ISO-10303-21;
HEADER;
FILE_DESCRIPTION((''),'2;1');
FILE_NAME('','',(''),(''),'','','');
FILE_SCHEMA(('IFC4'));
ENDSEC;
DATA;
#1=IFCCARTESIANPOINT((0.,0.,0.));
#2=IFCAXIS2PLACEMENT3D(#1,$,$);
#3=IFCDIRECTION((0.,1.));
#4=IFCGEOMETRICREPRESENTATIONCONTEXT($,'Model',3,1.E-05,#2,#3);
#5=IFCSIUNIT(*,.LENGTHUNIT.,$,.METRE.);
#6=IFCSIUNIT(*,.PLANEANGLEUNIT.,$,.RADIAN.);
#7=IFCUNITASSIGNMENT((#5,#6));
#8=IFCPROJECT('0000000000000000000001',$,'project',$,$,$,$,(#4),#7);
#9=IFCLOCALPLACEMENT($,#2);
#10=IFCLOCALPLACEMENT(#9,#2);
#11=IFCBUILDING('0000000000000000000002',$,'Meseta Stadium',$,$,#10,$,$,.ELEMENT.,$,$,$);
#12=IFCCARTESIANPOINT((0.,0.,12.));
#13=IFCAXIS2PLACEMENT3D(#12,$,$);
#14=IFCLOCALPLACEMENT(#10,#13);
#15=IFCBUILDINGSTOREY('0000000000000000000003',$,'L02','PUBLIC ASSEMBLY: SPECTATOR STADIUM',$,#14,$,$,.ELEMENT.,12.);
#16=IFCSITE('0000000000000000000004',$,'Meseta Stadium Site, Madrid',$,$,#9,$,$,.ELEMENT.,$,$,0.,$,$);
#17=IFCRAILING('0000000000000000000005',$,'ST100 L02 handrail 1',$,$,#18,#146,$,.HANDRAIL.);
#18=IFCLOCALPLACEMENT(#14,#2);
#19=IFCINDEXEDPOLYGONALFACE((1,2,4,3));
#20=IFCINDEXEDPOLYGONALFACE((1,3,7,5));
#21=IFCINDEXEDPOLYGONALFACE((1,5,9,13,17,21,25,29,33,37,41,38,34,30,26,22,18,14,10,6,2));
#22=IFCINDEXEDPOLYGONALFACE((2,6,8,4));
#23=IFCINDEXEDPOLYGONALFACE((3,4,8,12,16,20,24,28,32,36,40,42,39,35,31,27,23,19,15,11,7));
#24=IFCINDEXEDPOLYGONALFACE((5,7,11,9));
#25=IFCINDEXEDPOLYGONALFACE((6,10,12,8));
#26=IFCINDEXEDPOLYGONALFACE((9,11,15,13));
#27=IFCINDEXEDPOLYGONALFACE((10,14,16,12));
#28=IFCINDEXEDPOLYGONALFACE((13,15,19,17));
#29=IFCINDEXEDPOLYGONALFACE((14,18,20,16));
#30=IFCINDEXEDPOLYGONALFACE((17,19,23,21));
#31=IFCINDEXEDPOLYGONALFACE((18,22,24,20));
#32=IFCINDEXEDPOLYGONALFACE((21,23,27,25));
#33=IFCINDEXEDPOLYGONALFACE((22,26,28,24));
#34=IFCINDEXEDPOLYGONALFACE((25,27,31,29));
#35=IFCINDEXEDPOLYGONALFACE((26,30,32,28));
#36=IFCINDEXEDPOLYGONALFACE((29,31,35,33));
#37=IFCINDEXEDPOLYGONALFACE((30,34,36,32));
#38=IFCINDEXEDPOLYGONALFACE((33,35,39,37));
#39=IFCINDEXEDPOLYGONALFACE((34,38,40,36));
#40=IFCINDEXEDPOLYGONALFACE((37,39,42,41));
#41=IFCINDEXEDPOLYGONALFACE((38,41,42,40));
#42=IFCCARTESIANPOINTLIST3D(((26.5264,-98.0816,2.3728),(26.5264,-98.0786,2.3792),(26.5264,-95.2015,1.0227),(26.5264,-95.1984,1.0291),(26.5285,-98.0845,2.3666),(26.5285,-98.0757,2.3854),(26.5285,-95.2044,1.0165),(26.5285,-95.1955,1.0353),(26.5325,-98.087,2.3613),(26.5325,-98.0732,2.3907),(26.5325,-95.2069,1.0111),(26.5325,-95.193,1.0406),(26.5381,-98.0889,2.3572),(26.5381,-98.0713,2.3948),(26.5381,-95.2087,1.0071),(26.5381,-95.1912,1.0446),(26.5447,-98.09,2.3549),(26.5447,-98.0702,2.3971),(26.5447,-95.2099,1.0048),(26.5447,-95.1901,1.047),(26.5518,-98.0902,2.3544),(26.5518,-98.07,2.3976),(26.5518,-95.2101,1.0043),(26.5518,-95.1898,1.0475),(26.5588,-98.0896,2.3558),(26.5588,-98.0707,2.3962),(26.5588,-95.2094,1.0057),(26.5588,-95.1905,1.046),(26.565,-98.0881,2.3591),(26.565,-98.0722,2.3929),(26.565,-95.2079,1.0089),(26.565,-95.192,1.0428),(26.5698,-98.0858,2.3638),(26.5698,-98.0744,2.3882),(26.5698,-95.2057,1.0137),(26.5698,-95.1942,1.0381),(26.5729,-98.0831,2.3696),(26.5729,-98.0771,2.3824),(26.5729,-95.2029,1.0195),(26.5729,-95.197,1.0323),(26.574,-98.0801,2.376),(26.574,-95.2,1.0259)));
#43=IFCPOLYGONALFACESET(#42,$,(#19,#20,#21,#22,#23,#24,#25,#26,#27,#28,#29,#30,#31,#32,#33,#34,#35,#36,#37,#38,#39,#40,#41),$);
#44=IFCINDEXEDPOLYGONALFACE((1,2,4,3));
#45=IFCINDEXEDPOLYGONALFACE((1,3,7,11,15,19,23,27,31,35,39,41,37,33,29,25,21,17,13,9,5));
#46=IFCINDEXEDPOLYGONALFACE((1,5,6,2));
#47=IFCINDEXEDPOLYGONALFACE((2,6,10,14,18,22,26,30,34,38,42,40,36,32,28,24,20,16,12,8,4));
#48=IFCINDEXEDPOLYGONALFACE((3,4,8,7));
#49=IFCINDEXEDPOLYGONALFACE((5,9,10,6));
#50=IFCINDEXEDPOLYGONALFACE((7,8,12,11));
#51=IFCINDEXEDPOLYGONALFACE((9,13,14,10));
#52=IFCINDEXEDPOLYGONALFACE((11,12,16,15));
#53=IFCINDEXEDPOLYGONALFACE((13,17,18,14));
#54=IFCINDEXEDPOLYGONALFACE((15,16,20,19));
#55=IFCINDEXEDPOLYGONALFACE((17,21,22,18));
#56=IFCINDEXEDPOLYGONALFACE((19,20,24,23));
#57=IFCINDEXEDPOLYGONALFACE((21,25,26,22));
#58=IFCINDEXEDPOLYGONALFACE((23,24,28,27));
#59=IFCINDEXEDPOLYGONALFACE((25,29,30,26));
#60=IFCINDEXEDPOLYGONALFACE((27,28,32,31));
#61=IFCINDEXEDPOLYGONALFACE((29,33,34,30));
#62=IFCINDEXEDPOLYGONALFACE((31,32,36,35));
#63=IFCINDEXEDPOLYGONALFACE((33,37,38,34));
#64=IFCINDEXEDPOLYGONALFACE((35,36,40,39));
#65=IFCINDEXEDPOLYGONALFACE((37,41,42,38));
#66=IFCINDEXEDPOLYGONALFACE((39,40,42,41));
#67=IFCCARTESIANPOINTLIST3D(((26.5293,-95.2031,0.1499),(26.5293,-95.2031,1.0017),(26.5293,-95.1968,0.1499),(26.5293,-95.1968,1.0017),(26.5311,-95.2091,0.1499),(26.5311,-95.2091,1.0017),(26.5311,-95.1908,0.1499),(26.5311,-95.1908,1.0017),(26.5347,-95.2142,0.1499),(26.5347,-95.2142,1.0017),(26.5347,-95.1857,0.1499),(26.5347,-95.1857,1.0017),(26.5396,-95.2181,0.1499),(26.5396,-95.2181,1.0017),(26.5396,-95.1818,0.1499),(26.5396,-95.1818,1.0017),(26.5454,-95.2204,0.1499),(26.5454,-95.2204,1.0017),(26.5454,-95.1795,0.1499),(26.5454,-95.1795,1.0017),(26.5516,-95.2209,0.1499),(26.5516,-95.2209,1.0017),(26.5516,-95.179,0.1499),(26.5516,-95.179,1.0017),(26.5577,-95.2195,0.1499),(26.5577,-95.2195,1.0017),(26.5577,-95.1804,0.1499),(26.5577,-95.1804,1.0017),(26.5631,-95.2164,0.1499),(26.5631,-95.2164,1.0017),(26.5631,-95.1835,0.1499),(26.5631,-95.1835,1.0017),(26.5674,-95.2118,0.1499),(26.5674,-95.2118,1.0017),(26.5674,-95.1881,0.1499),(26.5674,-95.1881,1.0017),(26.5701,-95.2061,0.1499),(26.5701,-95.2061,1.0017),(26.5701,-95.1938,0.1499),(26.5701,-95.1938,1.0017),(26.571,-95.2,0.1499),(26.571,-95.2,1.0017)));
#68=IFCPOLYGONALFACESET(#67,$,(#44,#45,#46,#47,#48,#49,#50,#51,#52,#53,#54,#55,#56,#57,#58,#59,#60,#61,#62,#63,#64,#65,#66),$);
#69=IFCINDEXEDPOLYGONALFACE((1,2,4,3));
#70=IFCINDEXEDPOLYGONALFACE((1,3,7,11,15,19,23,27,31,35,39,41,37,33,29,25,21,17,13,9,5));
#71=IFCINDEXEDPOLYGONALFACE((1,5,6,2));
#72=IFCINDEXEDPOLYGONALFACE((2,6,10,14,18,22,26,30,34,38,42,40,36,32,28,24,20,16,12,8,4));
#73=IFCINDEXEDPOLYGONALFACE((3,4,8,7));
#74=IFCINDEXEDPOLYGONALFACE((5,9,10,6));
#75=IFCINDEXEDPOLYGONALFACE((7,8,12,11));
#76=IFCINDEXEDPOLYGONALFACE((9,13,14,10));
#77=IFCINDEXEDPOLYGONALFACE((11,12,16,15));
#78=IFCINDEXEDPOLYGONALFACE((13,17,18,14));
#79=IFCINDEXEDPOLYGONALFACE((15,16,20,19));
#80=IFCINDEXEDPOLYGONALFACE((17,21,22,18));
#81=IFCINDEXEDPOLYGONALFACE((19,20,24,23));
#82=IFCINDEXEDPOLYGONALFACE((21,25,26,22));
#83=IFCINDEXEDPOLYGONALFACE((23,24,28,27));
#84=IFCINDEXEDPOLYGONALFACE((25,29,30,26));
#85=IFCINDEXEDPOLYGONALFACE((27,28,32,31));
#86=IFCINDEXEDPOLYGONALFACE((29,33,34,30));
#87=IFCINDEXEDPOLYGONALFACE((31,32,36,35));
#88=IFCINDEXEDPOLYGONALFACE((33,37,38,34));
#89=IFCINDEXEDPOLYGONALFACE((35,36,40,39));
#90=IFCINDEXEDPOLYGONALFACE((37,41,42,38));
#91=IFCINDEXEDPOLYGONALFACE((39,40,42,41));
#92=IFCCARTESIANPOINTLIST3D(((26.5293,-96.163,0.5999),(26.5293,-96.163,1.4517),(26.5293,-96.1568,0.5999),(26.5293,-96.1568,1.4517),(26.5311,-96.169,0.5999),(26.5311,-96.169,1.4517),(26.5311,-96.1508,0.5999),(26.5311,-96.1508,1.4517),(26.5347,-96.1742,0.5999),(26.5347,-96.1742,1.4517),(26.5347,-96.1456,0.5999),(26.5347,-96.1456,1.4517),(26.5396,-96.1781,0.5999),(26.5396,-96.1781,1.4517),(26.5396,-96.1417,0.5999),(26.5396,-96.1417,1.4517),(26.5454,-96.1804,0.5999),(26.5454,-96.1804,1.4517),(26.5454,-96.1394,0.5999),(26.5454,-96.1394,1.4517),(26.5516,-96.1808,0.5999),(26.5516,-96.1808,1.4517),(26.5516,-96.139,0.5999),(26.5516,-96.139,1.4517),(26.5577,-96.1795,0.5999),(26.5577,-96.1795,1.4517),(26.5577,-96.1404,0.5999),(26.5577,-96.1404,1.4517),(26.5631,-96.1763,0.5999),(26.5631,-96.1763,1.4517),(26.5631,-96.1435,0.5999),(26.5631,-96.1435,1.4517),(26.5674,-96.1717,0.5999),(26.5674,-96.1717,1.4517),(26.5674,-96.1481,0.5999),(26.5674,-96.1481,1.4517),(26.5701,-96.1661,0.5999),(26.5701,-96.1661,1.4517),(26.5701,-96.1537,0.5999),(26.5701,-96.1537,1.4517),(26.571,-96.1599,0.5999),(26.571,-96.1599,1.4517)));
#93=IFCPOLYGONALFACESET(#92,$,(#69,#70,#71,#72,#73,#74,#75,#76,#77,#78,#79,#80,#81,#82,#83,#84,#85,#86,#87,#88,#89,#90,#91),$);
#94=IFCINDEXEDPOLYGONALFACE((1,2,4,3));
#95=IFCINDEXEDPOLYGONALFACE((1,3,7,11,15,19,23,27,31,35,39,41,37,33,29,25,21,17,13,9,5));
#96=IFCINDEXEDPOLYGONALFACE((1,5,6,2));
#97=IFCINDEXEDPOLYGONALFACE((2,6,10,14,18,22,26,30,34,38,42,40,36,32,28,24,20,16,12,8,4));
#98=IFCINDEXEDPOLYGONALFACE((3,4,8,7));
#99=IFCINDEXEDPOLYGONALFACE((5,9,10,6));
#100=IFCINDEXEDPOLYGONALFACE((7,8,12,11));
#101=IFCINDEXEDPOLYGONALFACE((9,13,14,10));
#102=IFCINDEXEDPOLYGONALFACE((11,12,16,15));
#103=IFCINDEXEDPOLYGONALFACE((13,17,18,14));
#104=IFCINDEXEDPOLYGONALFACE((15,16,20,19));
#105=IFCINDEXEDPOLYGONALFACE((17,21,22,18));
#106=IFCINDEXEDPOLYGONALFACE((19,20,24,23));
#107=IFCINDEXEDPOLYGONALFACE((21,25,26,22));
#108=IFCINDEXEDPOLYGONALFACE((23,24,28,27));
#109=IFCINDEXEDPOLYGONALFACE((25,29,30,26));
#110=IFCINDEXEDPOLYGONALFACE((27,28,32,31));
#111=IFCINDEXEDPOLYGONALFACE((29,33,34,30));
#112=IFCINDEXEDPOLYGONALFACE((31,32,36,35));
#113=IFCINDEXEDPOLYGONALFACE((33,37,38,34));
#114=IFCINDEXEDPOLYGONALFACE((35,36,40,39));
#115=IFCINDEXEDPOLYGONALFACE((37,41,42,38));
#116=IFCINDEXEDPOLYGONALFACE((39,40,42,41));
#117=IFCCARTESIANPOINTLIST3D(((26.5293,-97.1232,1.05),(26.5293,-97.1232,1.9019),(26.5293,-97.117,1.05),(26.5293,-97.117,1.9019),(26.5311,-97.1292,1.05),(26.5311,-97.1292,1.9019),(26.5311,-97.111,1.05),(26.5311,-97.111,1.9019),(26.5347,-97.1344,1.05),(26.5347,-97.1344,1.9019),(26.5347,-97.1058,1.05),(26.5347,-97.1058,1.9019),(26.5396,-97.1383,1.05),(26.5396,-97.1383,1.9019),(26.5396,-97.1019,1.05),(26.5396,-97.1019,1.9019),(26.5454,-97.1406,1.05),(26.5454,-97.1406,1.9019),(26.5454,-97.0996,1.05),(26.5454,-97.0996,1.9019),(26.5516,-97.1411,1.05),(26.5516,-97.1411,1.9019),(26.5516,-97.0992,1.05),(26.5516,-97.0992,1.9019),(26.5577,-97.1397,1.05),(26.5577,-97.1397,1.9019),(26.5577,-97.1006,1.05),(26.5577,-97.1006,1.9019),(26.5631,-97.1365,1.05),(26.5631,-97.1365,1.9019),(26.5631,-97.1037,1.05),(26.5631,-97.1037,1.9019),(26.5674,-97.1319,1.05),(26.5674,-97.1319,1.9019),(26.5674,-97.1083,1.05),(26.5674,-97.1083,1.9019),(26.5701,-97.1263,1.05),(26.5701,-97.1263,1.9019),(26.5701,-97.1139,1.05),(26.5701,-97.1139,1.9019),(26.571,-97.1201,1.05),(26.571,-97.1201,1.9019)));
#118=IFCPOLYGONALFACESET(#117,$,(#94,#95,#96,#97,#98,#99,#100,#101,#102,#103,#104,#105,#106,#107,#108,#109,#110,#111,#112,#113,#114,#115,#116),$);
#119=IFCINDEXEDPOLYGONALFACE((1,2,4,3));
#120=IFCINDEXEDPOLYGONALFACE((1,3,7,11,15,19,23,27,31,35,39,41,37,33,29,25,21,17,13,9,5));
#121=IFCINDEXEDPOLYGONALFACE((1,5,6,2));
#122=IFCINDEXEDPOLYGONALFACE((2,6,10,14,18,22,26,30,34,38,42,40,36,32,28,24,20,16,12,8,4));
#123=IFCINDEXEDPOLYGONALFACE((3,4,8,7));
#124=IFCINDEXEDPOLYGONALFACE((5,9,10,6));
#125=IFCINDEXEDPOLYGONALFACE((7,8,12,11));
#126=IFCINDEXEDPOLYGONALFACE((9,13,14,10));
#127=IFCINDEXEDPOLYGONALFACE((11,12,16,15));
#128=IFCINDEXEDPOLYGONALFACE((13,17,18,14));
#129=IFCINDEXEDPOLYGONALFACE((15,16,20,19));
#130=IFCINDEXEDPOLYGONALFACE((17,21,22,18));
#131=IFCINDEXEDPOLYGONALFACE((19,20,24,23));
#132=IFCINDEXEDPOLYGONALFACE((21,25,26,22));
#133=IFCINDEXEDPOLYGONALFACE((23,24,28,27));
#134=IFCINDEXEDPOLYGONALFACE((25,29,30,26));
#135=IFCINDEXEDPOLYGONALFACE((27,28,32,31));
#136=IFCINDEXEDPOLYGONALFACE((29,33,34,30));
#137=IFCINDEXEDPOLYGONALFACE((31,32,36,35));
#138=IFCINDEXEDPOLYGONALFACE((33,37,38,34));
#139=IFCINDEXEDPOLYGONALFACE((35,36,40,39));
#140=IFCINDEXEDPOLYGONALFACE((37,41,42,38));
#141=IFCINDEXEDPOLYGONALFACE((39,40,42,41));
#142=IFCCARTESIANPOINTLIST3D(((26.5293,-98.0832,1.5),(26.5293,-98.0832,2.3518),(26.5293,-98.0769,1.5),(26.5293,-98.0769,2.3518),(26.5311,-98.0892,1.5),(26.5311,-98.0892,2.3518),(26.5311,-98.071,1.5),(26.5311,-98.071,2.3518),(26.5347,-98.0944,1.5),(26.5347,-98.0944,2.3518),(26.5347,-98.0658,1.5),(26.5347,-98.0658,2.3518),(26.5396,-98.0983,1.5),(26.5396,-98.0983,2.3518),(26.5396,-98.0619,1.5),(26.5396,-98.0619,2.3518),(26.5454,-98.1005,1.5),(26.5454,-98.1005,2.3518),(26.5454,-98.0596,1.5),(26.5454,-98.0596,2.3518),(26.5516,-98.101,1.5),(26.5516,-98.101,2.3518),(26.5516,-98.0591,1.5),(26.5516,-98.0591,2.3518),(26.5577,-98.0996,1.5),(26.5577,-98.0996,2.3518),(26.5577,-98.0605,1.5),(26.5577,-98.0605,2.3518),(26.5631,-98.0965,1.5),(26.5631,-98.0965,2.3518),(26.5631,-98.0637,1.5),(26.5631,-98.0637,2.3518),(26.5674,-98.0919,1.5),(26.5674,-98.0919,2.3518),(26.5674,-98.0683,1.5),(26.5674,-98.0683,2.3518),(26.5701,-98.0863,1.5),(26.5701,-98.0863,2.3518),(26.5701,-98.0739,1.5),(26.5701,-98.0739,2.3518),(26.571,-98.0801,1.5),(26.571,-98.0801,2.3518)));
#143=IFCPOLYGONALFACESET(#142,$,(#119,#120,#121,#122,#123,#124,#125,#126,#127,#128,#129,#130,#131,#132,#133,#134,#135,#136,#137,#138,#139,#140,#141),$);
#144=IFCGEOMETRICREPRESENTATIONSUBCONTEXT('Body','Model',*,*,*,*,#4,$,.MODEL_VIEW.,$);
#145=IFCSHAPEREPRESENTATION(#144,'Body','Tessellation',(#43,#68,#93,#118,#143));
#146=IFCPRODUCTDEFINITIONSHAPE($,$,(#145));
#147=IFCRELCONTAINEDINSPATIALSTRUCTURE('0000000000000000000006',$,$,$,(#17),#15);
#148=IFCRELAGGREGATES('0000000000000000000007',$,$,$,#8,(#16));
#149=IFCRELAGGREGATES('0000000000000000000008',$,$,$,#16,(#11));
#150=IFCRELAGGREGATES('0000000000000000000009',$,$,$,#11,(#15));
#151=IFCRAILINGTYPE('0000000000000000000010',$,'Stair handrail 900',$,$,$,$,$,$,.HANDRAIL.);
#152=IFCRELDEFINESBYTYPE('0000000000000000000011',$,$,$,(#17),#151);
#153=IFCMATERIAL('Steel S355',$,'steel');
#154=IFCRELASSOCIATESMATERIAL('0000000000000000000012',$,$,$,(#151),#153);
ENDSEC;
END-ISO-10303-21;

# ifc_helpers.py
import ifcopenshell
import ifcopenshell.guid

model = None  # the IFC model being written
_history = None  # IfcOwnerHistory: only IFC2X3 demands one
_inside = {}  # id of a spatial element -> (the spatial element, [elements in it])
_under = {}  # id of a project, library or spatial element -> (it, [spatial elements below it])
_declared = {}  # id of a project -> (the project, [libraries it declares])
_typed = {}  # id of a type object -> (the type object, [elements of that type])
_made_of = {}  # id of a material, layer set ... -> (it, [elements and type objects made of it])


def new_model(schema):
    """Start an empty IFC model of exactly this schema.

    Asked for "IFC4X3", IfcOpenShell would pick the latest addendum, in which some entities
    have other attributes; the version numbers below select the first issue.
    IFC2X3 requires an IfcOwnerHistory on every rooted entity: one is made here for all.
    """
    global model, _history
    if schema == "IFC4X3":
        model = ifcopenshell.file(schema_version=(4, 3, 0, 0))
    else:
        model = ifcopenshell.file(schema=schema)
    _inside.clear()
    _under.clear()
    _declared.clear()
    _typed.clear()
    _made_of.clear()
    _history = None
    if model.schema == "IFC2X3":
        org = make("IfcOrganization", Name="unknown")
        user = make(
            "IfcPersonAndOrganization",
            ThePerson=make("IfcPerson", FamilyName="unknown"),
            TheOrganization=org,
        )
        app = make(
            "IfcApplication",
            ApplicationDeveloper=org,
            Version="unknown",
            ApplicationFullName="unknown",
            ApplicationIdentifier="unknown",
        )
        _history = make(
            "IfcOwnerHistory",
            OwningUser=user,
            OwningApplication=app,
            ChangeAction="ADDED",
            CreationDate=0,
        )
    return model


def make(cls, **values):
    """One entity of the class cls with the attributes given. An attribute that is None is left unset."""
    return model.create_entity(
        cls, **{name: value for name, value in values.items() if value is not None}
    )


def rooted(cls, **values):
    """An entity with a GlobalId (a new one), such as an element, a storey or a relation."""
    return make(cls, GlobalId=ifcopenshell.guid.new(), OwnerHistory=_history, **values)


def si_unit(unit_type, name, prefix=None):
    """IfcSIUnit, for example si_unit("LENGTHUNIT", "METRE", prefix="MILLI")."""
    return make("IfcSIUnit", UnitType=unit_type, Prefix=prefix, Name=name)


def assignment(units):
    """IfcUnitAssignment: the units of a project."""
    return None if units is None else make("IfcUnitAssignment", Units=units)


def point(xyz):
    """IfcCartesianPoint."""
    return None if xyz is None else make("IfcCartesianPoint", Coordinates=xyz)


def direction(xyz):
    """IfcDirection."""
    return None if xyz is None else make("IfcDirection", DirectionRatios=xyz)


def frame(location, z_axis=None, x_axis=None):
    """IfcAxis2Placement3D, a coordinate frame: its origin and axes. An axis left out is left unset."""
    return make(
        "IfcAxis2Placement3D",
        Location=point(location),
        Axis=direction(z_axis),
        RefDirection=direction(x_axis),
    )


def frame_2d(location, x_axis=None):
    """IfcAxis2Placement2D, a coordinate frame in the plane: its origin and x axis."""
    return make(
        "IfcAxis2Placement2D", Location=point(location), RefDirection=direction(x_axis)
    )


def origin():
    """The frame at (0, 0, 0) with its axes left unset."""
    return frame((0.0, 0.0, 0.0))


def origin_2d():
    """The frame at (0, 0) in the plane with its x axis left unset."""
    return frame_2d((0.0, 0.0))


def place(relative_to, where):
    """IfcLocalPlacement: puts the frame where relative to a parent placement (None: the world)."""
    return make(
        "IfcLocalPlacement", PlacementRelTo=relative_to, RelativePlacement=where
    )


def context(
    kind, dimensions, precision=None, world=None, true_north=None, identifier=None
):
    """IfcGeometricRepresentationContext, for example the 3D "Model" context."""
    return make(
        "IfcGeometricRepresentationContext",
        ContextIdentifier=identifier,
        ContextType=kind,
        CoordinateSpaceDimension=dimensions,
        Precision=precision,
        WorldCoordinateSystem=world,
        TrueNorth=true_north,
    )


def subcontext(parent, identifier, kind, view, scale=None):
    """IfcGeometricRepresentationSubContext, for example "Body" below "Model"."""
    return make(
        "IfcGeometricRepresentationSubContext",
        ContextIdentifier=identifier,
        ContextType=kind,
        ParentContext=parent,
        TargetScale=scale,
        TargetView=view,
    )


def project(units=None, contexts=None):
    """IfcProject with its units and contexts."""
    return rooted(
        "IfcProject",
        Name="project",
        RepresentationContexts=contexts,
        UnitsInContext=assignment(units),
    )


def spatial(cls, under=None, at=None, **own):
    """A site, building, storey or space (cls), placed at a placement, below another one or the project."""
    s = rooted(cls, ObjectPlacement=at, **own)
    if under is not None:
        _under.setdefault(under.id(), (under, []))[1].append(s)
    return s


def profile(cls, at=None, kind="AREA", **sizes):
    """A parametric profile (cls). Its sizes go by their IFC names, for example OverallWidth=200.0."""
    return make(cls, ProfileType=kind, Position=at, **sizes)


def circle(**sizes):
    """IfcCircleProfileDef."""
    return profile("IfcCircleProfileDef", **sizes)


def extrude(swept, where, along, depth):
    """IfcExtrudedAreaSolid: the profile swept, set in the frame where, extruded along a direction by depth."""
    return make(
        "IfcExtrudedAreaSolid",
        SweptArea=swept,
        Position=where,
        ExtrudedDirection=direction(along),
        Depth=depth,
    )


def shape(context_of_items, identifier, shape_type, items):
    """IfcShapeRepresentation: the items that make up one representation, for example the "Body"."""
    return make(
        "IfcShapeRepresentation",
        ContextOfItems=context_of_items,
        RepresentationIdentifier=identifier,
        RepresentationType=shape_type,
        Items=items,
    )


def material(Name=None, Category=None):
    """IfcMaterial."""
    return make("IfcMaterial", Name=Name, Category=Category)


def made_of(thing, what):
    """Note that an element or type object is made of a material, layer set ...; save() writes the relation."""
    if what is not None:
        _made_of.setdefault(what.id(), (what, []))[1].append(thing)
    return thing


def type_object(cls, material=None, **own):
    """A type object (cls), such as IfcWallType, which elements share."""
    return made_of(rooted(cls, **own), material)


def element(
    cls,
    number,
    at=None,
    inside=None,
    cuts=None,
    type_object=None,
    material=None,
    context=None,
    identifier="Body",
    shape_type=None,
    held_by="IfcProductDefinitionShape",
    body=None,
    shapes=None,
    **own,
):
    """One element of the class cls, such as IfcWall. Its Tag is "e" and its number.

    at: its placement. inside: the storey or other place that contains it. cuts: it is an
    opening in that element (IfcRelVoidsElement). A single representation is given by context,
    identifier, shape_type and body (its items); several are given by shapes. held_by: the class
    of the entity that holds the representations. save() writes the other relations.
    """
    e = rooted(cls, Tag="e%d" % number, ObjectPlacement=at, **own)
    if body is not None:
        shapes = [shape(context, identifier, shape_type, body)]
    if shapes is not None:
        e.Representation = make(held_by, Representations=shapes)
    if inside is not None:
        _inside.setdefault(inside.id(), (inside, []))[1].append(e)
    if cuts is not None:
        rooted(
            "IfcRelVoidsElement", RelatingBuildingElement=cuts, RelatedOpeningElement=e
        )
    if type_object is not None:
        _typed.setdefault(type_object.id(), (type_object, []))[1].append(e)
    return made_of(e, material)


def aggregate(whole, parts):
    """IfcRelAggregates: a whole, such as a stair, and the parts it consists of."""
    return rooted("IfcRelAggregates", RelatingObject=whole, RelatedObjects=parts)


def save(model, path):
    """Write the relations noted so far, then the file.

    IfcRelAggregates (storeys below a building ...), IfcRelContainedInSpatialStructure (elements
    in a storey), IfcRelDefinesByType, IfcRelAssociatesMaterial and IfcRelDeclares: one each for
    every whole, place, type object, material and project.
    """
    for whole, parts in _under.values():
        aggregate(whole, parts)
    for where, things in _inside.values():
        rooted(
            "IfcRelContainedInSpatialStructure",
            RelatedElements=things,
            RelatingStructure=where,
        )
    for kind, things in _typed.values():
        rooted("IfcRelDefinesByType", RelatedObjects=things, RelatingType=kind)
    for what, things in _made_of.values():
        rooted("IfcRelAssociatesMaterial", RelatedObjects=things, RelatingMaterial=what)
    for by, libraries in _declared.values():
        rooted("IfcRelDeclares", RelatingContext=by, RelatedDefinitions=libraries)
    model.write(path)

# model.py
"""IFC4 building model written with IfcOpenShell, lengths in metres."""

from ifc_helpers import new_model, si_unit, direction, frame, origin, origin_2d, place, context, subcontext, project, spatial, circle, extrude, material, type_object, element, save


model = new_model("IFC4")

# Units and contexts
model_context = context("Model", 3, precision=1e-05, world=origin(), true_north=direction((0.0, 1.0)))
body_context = subcontext(model_context, "Body", "Model", "MODEL_VIEW")
ifc_project = project(units=[si_unit("LENGTHUNIT", "METRE"), si_unit("PLANEANGLEUNIT", "RADIAN")], contexts=[model_context])

# Site, building, storey
site_placement = place(None, origin())
site = spatial("IfcSite", under=ifc_project, at=site_placement, Name="Meseta Stadium Site, Madrid", CompositionType="ELEMENT", RefElevation=0.0)
building_placement = place(site_placement, origin())
building = spatial("IfcBuilding", under=site, at=building_placement, Name="Meseta Stadium", CompositionType="ELEMENT")
storey_placement = place(building_placement, frame((0.0, 0.0, 12.0)))
storey = spatial("IfcBuildingStorey", under=building, at=storey_placement, Name="L02", Description="PUBLIC ASSEMBLY: SPECTATOR STADIUM", CompositionType="ELEMENT", Elevation=12.0)

# Railing
ifc_material_1 = material(Name="Steel S355", Category="steel")
railing_type_1 = type_object("IfcRailingType", Name="Stair handrail 900", PredefinedType="HANDRAIL", material=ifc_material_1)
railing_1_placement = place(storey_placement, frame((26.55, -95.2, 0.1499)))
element("IfcRailing", 1, at=railing_1_placement, inside=storey, type_object=railing_type_1, Name="ST100 L02 handrail 1", PredefinedType="HANDRAIL", context=body_context, shape_type="SweptSolid", body=[
    extrude(circle(Radius=0.0239, at=origin_2d()), frame((0.0, 0.0, 0.876), z_axis=(0.0, -0.905454, 0.424444), x_axis=(1.0, 0.0, 0.0)), (0.0, 0.0, 1.0), 3.1809),
    extrude(circle(Radius=0.021, at=origin_2d()), origin(), (0.0, 0.0, 1.0), 0.8518),
    extrude(circle(Radius=0.021, at=origin_2d()), frame((0.0, -0.96, 0.45)), (0.0, 0.0, 1.0), 0.8518),
    extrude(circle(Radius=0.021, at=origin_2d()), frame((0.0, -1.9202, 0.9001)), (0.0, 0.0, 1.0), 0.8518),
    extrude(circle(Radius=0.021, at=origin_2d()), frame((0.0, -2.8801, 1.3501)), (0.0, 0.0, 1.0), 0.8518),
])

save(model, "model.ifc")
